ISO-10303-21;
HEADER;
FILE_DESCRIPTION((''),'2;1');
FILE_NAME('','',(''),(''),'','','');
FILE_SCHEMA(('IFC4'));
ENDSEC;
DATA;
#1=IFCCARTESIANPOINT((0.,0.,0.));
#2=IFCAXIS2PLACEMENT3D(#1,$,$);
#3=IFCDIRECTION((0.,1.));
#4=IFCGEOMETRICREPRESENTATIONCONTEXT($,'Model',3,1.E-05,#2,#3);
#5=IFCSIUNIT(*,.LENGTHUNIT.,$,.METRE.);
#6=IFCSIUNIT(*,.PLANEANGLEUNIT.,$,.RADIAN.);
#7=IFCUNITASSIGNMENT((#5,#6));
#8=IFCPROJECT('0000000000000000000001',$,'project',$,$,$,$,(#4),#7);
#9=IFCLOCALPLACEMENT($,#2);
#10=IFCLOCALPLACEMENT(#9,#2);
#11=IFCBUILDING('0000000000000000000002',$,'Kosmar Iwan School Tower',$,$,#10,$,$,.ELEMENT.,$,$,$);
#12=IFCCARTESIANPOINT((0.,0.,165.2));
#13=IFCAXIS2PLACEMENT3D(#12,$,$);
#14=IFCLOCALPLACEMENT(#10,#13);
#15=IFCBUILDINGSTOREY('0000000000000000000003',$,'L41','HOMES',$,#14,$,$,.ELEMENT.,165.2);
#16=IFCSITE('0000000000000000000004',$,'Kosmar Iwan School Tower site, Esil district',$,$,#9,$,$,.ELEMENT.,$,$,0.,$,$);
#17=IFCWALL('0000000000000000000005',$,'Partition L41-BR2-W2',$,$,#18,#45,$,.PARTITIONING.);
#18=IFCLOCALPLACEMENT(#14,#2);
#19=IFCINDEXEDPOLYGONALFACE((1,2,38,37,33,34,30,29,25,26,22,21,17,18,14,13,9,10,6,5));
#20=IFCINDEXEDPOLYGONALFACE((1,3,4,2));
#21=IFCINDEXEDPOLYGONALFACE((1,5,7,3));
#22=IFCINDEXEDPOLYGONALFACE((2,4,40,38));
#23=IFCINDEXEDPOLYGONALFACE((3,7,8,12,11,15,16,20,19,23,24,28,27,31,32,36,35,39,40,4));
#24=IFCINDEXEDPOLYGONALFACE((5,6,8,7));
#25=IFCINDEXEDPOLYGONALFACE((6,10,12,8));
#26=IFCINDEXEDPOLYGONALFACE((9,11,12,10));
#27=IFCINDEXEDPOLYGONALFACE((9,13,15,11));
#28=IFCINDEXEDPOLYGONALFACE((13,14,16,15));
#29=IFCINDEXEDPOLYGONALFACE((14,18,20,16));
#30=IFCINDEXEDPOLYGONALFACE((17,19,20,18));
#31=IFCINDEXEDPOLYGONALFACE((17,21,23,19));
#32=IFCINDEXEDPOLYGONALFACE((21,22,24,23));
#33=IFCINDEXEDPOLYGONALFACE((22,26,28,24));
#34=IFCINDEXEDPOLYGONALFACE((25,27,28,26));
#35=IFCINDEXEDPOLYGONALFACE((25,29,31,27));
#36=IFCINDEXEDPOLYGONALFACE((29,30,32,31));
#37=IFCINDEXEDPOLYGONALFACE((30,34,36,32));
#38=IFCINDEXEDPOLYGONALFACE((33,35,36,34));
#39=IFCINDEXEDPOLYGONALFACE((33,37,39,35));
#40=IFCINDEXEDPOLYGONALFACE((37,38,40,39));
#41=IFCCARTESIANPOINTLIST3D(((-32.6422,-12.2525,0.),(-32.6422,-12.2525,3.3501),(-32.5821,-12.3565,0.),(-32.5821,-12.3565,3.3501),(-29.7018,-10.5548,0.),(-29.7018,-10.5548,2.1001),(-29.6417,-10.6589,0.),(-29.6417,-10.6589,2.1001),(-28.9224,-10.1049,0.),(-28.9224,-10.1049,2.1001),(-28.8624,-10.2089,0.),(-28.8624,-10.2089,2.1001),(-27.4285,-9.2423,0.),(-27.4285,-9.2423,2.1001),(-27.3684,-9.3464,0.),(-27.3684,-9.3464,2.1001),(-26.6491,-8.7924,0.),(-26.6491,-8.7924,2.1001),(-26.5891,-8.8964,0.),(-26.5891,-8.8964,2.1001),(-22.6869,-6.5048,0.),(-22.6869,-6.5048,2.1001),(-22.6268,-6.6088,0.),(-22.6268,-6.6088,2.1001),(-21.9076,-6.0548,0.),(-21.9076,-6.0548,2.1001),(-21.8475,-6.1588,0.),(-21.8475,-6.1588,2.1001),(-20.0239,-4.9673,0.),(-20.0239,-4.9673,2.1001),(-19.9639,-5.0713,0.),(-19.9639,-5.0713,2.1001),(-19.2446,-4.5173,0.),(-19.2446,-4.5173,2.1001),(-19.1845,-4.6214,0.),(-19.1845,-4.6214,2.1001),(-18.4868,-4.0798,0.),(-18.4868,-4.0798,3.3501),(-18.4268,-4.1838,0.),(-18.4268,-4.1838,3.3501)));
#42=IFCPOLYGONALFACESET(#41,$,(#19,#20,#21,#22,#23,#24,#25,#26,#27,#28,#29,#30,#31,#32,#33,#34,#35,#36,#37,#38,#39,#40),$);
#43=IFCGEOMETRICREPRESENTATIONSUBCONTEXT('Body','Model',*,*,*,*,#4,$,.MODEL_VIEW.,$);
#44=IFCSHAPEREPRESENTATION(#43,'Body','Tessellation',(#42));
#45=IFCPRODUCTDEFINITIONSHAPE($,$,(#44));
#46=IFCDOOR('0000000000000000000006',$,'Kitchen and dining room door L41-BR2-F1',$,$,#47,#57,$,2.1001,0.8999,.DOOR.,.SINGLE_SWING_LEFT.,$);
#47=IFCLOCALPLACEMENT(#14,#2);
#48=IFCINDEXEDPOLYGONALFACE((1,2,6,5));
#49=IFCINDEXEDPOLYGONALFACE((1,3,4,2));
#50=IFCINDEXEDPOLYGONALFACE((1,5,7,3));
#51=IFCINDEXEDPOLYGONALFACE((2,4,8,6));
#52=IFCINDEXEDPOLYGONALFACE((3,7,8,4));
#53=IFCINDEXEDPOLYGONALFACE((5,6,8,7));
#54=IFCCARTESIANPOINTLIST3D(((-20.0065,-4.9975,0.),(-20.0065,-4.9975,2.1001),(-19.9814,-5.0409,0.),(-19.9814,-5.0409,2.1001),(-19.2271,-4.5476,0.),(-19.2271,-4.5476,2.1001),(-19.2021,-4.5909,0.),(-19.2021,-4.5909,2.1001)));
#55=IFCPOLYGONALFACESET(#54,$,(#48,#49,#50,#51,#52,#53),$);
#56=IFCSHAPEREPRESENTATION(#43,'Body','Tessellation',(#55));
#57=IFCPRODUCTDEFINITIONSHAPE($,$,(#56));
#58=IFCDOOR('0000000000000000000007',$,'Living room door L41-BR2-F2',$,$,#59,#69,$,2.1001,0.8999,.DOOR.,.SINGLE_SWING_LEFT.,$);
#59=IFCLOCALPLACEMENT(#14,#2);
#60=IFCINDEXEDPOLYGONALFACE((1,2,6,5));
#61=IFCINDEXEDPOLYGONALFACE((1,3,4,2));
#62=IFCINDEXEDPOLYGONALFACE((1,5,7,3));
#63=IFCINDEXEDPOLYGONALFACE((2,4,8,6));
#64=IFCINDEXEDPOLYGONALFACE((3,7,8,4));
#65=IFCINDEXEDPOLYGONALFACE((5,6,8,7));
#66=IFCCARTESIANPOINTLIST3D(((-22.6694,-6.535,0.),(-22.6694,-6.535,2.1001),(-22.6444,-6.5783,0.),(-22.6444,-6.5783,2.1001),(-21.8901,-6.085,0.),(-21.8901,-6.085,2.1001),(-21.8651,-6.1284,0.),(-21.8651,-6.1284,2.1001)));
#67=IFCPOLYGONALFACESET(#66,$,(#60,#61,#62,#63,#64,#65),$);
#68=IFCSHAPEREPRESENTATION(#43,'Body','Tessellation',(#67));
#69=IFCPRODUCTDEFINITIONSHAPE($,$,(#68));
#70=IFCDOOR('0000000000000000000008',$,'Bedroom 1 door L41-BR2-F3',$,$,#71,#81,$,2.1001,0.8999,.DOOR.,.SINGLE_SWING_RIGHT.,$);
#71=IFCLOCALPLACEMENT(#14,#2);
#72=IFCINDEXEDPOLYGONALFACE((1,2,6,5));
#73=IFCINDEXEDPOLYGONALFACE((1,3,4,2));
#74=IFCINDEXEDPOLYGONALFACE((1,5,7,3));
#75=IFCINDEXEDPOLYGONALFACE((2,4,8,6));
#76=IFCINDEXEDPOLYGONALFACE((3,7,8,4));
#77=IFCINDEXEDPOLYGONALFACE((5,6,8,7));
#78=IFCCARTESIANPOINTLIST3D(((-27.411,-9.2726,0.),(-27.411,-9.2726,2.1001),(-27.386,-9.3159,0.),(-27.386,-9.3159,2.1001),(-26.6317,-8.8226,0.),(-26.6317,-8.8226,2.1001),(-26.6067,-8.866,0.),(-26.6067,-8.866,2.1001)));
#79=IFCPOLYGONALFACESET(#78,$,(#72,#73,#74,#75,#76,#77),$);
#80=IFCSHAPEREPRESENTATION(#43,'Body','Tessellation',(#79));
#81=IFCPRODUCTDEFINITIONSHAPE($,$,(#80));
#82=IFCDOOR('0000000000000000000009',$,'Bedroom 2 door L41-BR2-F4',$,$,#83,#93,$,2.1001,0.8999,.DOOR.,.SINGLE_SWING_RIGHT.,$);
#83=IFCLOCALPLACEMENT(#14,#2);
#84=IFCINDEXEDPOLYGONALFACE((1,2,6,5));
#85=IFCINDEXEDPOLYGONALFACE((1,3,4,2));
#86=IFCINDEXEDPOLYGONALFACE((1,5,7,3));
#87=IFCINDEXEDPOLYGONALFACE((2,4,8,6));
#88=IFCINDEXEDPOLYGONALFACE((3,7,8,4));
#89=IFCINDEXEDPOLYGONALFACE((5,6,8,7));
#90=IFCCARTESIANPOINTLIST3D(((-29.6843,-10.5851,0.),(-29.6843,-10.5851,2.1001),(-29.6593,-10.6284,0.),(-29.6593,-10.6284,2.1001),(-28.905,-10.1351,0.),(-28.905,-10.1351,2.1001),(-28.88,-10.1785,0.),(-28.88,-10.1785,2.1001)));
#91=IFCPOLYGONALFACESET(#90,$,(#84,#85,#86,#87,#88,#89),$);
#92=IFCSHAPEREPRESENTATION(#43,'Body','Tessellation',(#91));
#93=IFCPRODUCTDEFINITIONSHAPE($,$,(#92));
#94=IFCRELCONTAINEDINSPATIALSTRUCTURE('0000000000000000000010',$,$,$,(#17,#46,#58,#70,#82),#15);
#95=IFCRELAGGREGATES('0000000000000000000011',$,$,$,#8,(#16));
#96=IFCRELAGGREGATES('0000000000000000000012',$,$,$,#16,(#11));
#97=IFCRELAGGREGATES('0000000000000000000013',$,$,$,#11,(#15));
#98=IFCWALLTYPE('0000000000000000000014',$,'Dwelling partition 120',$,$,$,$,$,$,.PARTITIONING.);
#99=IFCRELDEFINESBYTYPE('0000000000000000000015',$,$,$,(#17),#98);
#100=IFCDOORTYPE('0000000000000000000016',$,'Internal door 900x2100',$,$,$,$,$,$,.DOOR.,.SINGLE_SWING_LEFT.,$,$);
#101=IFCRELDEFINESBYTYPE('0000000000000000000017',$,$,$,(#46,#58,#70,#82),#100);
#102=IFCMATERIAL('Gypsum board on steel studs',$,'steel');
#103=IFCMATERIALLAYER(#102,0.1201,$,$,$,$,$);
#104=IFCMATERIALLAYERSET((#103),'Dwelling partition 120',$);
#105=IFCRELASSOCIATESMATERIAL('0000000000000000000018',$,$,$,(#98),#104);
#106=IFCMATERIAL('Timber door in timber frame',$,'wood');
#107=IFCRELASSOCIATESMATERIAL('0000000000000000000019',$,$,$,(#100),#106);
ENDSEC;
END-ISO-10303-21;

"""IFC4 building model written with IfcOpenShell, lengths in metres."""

from ifc_helpers import new_model, si_unit, direction, frame, frame_2d, origin, place, context, subcontext, project, spatial, rectangle, extrude, material, layer, layer_set, type_object, element, fill, save


model = new_model("IFC4")

# Units and contexts
model_context = context("Model", 3, precision=1e-05, world=origin(), true_north=direction((0.0, 1.0)))
body_context = subcontext(model_context, "Body", "Model", "MODEL_VIEW")
ifc_project = project(units=[si_unit("LENGTHUNIT", "METRE"), si_unit("PLANEANGLEUNIT", "RADIAN")], contexts=[model_context])

# Site, building, storey
site_placement = place(None, origin())
site = spatial("IfcSite", under=ifc_project, at=site_placement, Name="Kosmar Iwan School Tower site, Esil district", CompositionType="ELEMENT", RefElevation=0.0)
building_placement = place(site_placement, origin())
building = spatial("IfcBuilding", under=site, at=building_placement, Name="Kosmar Iwan School Tower", CompositionType="ELEMENT")
storey_placement = place(building_placement, frame((0.0, 0.0, 165.2)))
storey = spatial("IfcBuildingStorey", under=building, at=storey_placement, Name="L41", Description="HOMES", CompositionType="ELEMENT", Elevation=165.2)

# Shared definitions
ifc_material_1 = material(Name="Gypsum board on steel studs", Category="steel")
ifc_layer = layer(ifc_material_1, 0.1201)
ifc_layer_set = layer_set([ifc_layer], Name="Dwelling partition 120")
wall_type = type_object("IfcWallType", Name="Dwelling partition 120", PredefinedType="PARTITIONING", material=ifc_layer_set)

# Wall, openings, doors
ifc_material_2 = material(Name="Timber door in timber frame", Category="wood")
door_type_1 = type_object("IfcDoorType", Name="Internal door 900x2100", OperationType="SINGLE_SWING_LEFT", PredefinedType="DOOR", material=ifc_material_2)
wall_1_placement = place(storey_placement, frame((-18.4568, -4.1318, 0.0), z_axis=(0.0, 0.0, 1.0), x_axis=(-0.866024, -0.500003, 0.0)))
wall_1 = element("IfcWall", 1, at=wall_1_placement, inside=storey, type_object=wall_type, Name="Partition L41-BR2-W2", PredefinedType="PARTITIONING", context=body_context, shape_type="SweptSolid", body=[
    extrude(rectangle(XDim=16.3452, YDim=0.1201, at=frame_2d((8.1726, 0.0))), origin(), (0.0, 0.0, 1.0), 3.3501),
])
opening_1_placement = place(wall_1_placement, frame((0.875, 0.0, 0.0)))
opening_1 = element("IfcOpeningElement", 2, at=opening_1_placement, cuts=wall_1, PredefinedType="OPENING", context=body_context, shape_type="SweptSolid", body=[
    extrude(rectangle(XDim=0.8999, YDim=2.1001, at=frame_2d((0.45, 1.05))), frame((0.0, 0.072, 0.0), z_axis=(0.0, -1.0, 0.0), x_axis=(1.0, 0.0, 0.0)), (0.0, 0.0, 1.0), 0.144),
])
opening_2_placement = place(wall_1_placement, frame((3.95, 0.0, 0.0)))
opening_2 = element("IfcOpeningElement", 3, at=opening_2_placement, cuts=wall_1, PredefinedType="OPENING", context=body_context, shape_type="SweptSolid", body=[
    extrude(rectangle(XDim=0.8999, YDim=2.1001, at=frame_2d((0.45, 1.05))), frame((0.0, 0.072, 0.0), z_axis=(0.0, -1.0, 0.0), x_axis=(1.0, 0.0, 0.0)), (0.0, 0.0, 1.0), 0.144),
])
opening_3_placement = place(wall_1_placement, frame((9.425, 0.0, 0.0)))
opening_3 = element("IfcOpeningElement", 4, at=opening_3_placement, cuts=wall_1, PredefinedType="OPENING", context=body_context, shape_type="SweptSolid", body=[
    extrude(rectangle(XDim=0.8999, YDim=2.1001, at=frame_2d((0.45, 1.05))), frame((0.0, 0.072, 0.0), z_axis=(0.0, -1.0, 0.0), x_axis=(1.0, 0.0, 0.0)), (0.0, 0.0, 1.0), 0.144),
])
opening_4_placement = place(wall_1_placement, frame((12.05, 0.0, 0.0)))
opening_4 = element("IfcOpeningElement", 5, at=opening_4_placement, cuts=wall_1, PredefinedType="OPENING", context=body_context, shape_type="SweptSolid", body=[
    extrude(rectangle(XDim=0.8999, YDim=2.1001, at=frame_2d((0.45, 1.05))), frame((0.0, 0.072, 0.0), z_axis=(0.0, -1.0, 0.0), x_axis=(1.0, 0.0, 0.0)), (0.0, 0.0, 1.0), 0.144),
])
door_1_placement = place(opening_1_placement, origin())
door_1 = element("IfcDoor", 6, at=door_1_placement, inside=storey, type_object=door_type_1, Name="Kitchen and dining room door L41-BR2-F1", OperationType="SINGLE_SWING_LEFT", OverallHeight=2.1001, OverallWidth=0.8999, PredefinedType="DOOR", context=body_context, shape_type="SweptSolid", body=[
    extrude(rectangle(XDim=0.8999, YDim=2.1001, at=frame_2d((0.45, 1.05))), frame((0.0, 0.0249, 0.0), z_axis=(0.0, -1.0, 0.0), x_axis=(1.0, 0.0, 0.0)), (0.0, 0.0, 1.0), 0.05),
])
fill(opening_1, door_1)
door_2_placement = place(opening_2_placement, origin())
door_2 = element("IfcDoor", 7, at=door_2_placement, inside=storey, type_object=door_type_1, Name="Living room door L41-BR2-F2", OperationType="SINGLE_SWING_LEFT", OverallHeight=2.1001, OverallWidth=0.8999, PredefinedType="DOOR", context=body_context, shape_type="SweptSolid", body=[
    extrude(rectangle(XDim=0.8999, YDim=2.1001, at=frame_2d((0.45, 1.05))), frame((0.0, 0.0249, 0.0), z_axis=(0.0, -1.0, 0.0), x_axis=(1.0, 0.0, 0.0)), (0.0, 0.0, 1.0), 0.05),
])
fill(opening_2, door_2)
door_3_placement = place(opening_3_placement, origin())
door_3 = element("IfcDoor", 8, at=door_3_placement, inside=storey, type_object=door_type_1, Name="Bedroom 1 door L41-BR2-F3", OperationType="SINGLE_SWING_RIGHT", OverallHeight=2.1001, OverallWidth=0.8999, PredefinedType="DOOR", context=body_context, shape_type="SweptSolid", body=[
    extrude(rectangle(XDim=0.8999, YDim=2.1001, at=frame_2d((0.45, 1.05))), frame((0.0, 0.0249, 0.0), z_axis=(0.0, -1.0, 0.0), x_axis=(1.0, 0.0, 0.0)), (0.0, 0.0, 1.0), 0.05),
])
fill(opening_3, door_3)
door_4_placement = place(opening_4_placement, origin())
door_4 = element("IfcDoor", 9, at=door_4_placement, inside=storey, type_object=door_type_1, Name="Bedroom 2 door L41-BR2-F4", OperationType="SINGLE_SWING_RIGHT", OverallHeight=2.1001, OverallWidth=0.8999, PredefinedType="DOOR", context=body_context, shape_type="SweptSolid", body=[
    extrude(rectangle(XDim=0.8999, YDim=2.1001, at=frame_2d((0.45, 1.05))), frame((0.0, 0.0249, 0.0), z_axis=(0.0, -1.0, 0.0), x_axis=(1.0, 0.0, 0.0)), (0.0, 0.0, 1.0), 0.05),
])
fill(opening_4, door_4)

save(model, "model.ifc")
